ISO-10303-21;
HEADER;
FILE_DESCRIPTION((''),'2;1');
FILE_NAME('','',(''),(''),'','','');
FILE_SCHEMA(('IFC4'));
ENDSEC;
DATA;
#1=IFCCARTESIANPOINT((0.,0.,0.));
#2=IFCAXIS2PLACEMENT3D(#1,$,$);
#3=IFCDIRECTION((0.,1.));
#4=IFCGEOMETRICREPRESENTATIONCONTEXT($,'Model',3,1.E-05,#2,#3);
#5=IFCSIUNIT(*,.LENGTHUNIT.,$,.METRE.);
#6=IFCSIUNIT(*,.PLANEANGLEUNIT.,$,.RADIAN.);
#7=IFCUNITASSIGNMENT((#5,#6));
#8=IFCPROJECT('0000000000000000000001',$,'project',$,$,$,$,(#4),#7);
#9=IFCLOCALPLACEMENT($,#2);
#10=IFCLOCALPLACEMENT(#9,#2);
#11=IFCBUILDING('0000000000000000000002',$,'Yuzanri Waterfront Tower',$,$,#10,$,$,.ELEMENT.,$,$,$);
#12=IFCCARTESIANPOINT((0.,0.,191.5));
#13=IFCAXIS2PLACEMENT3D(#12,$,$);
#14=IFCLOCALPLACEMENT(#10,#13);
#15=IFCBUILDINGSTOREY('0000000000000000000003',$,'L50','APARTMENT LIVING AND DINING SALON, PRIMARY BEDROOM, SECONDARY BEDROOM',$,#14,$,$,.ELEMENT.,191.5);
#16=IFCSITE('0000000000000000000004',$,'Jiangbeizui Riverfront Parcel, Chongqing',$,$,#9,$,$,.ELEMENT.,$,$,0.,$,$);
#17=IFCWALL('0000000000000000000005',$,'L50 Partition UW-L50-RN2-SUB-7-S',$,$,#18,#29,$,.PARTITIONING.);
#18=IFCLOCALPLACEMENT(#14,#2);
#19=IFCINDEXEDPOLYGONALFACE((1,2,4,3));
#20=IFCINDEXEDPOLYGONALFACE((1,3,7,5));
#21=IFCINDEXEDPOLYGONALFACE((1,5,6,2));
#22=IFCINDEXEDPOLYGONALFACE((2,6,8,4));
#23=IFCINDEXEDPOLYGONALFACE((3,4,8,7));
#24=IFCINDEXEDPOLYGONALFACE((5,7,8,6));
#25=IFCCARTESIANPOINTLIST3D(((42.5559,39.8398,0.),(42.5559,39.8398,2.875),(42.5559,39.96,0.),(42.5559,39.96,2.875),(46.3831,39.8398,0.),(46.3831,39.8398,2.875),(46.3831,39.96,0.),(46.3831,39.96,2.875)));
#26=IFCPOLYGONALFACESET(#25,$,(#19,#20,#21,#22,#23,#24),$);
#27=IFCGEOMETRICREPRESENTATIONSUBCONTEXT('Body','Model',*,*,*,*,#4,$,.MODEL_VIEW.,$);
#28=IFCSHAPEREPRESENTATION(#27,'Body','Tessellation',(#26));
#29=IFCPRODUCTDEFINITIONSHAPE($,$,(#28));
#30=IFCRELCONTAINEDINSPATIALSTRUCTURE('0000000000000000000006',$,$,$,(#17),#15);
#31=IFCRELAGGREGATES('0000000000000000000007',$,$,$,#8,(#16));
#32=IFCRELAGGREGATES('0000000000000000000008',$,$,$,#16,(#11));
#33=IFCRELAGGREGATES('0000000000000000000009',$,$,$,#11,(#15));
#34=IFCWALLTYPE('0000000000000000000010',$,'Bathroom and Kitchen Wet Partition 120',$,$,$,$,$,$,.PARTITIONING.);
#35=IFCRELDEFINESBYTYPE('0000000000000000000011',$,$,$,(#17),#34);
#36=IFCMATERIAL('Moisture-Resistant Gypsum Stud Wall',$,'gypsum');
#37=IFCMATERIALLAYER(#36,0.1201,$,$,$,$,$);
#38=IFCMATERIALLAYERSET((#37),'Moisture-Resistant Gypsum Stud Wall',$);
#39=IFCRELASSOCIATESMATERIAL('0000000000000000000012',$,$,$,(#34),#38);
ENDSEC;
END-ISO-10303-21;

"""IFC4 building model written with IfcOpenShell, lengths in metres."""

from ifc_helpers import new_model, si_unit, direction, frame, frame_2d, origin, place, context, subcontext, project, spatial, rectangle, extrude, source, transform, mapped, material, layer, layer_set, type_object, element, save


model = new_model("IFC4")

# Units and contexts
model_context = context("Model", 3, precision=1e-05, world=origin(), true_north=direction((0.0, 1.0)))
body_context = subcontext(model_context, "Body", "Model", "MODEL_VIEW")
ifc_project = project(units=[si_unit("LENGTHUNIT", "METRE"), si_unit("PLANEANGLEUNIT", "RADIAN")], contexts=[model_context])

# Site, building, storey
site_placement = place(None, origin())
site = spatial("IfcSite", under=ifc_project, at=site_placement, Name="Jiangbeizui Riverfront Parcel, Chongqing", CompositionType="ELEMENT", RefElevation=0.0)
building_placement = place(site_placement, origin())
building = spatial("IfcBuilding", under=site, at=building_placement, Name="Yuzanri Waterfront Tower", CompositionType="ELEMENT")
storey_placement = place(building_placement, frame((0.0, 0.0, 191.5)))
storey = spatial("IfcBuildingStorey", under=building, at=storey_placement, Name="L50", Description="APARTMENT LIVING AND DINING SALON, PRIMARY BEDROOM, SECONDARY BEDROOM", CompositionType="ELEMENT", Elevation=191.5)

# Shared definitions
ifc_material_1 = material(Name="Moisture-Resistant Gypsum Stud Wall", Category="gypsum")
ifc_layer_1 = layer(ifc_material_1, 0.1201)
ifc_layer_set_1 = layer_set([ifc_layer_1], Name="Moisture-Resistant Gypsum Stud Wall")
wall_type_1 = type_object("IfcWallType", Name="Bathroom and Kitchen Wet Partition 120", PredefinedType="PARTITIONING", material=ifc_layer_set_1)

# Wall
shared_shape_1 = source(origin(), body_context, "Body", "SweptSolid", [
    extrude(rectangle(XDim=3.8271, YDim=0.1201, at=frame_2d((1.9136, 0.0))), origin(), (0.0, 0.0, 1.0), 2.875),
])
wall_1_placement = place(storey_placement, frame((42.5559, 39.8999, 0.0), z_axis=(0.0, 0.0, 1.0), x_axis=(1.0, 0.0, 0.0)))
element("IfcWall", 1, at=wall_1_placement, inside=storey, type_object=wall_type_1, Name="L50 Partition UW-L50-RN2-SUB-7-S", PredefinedType="PARTITIONING", context=body_context, shape_type="MappedRepresentation", body=[
    mapped(shared_shape_1, transform((0.0, 0.0, 0.0), scale=1.0)),
])

save(model, "model.ifc")
